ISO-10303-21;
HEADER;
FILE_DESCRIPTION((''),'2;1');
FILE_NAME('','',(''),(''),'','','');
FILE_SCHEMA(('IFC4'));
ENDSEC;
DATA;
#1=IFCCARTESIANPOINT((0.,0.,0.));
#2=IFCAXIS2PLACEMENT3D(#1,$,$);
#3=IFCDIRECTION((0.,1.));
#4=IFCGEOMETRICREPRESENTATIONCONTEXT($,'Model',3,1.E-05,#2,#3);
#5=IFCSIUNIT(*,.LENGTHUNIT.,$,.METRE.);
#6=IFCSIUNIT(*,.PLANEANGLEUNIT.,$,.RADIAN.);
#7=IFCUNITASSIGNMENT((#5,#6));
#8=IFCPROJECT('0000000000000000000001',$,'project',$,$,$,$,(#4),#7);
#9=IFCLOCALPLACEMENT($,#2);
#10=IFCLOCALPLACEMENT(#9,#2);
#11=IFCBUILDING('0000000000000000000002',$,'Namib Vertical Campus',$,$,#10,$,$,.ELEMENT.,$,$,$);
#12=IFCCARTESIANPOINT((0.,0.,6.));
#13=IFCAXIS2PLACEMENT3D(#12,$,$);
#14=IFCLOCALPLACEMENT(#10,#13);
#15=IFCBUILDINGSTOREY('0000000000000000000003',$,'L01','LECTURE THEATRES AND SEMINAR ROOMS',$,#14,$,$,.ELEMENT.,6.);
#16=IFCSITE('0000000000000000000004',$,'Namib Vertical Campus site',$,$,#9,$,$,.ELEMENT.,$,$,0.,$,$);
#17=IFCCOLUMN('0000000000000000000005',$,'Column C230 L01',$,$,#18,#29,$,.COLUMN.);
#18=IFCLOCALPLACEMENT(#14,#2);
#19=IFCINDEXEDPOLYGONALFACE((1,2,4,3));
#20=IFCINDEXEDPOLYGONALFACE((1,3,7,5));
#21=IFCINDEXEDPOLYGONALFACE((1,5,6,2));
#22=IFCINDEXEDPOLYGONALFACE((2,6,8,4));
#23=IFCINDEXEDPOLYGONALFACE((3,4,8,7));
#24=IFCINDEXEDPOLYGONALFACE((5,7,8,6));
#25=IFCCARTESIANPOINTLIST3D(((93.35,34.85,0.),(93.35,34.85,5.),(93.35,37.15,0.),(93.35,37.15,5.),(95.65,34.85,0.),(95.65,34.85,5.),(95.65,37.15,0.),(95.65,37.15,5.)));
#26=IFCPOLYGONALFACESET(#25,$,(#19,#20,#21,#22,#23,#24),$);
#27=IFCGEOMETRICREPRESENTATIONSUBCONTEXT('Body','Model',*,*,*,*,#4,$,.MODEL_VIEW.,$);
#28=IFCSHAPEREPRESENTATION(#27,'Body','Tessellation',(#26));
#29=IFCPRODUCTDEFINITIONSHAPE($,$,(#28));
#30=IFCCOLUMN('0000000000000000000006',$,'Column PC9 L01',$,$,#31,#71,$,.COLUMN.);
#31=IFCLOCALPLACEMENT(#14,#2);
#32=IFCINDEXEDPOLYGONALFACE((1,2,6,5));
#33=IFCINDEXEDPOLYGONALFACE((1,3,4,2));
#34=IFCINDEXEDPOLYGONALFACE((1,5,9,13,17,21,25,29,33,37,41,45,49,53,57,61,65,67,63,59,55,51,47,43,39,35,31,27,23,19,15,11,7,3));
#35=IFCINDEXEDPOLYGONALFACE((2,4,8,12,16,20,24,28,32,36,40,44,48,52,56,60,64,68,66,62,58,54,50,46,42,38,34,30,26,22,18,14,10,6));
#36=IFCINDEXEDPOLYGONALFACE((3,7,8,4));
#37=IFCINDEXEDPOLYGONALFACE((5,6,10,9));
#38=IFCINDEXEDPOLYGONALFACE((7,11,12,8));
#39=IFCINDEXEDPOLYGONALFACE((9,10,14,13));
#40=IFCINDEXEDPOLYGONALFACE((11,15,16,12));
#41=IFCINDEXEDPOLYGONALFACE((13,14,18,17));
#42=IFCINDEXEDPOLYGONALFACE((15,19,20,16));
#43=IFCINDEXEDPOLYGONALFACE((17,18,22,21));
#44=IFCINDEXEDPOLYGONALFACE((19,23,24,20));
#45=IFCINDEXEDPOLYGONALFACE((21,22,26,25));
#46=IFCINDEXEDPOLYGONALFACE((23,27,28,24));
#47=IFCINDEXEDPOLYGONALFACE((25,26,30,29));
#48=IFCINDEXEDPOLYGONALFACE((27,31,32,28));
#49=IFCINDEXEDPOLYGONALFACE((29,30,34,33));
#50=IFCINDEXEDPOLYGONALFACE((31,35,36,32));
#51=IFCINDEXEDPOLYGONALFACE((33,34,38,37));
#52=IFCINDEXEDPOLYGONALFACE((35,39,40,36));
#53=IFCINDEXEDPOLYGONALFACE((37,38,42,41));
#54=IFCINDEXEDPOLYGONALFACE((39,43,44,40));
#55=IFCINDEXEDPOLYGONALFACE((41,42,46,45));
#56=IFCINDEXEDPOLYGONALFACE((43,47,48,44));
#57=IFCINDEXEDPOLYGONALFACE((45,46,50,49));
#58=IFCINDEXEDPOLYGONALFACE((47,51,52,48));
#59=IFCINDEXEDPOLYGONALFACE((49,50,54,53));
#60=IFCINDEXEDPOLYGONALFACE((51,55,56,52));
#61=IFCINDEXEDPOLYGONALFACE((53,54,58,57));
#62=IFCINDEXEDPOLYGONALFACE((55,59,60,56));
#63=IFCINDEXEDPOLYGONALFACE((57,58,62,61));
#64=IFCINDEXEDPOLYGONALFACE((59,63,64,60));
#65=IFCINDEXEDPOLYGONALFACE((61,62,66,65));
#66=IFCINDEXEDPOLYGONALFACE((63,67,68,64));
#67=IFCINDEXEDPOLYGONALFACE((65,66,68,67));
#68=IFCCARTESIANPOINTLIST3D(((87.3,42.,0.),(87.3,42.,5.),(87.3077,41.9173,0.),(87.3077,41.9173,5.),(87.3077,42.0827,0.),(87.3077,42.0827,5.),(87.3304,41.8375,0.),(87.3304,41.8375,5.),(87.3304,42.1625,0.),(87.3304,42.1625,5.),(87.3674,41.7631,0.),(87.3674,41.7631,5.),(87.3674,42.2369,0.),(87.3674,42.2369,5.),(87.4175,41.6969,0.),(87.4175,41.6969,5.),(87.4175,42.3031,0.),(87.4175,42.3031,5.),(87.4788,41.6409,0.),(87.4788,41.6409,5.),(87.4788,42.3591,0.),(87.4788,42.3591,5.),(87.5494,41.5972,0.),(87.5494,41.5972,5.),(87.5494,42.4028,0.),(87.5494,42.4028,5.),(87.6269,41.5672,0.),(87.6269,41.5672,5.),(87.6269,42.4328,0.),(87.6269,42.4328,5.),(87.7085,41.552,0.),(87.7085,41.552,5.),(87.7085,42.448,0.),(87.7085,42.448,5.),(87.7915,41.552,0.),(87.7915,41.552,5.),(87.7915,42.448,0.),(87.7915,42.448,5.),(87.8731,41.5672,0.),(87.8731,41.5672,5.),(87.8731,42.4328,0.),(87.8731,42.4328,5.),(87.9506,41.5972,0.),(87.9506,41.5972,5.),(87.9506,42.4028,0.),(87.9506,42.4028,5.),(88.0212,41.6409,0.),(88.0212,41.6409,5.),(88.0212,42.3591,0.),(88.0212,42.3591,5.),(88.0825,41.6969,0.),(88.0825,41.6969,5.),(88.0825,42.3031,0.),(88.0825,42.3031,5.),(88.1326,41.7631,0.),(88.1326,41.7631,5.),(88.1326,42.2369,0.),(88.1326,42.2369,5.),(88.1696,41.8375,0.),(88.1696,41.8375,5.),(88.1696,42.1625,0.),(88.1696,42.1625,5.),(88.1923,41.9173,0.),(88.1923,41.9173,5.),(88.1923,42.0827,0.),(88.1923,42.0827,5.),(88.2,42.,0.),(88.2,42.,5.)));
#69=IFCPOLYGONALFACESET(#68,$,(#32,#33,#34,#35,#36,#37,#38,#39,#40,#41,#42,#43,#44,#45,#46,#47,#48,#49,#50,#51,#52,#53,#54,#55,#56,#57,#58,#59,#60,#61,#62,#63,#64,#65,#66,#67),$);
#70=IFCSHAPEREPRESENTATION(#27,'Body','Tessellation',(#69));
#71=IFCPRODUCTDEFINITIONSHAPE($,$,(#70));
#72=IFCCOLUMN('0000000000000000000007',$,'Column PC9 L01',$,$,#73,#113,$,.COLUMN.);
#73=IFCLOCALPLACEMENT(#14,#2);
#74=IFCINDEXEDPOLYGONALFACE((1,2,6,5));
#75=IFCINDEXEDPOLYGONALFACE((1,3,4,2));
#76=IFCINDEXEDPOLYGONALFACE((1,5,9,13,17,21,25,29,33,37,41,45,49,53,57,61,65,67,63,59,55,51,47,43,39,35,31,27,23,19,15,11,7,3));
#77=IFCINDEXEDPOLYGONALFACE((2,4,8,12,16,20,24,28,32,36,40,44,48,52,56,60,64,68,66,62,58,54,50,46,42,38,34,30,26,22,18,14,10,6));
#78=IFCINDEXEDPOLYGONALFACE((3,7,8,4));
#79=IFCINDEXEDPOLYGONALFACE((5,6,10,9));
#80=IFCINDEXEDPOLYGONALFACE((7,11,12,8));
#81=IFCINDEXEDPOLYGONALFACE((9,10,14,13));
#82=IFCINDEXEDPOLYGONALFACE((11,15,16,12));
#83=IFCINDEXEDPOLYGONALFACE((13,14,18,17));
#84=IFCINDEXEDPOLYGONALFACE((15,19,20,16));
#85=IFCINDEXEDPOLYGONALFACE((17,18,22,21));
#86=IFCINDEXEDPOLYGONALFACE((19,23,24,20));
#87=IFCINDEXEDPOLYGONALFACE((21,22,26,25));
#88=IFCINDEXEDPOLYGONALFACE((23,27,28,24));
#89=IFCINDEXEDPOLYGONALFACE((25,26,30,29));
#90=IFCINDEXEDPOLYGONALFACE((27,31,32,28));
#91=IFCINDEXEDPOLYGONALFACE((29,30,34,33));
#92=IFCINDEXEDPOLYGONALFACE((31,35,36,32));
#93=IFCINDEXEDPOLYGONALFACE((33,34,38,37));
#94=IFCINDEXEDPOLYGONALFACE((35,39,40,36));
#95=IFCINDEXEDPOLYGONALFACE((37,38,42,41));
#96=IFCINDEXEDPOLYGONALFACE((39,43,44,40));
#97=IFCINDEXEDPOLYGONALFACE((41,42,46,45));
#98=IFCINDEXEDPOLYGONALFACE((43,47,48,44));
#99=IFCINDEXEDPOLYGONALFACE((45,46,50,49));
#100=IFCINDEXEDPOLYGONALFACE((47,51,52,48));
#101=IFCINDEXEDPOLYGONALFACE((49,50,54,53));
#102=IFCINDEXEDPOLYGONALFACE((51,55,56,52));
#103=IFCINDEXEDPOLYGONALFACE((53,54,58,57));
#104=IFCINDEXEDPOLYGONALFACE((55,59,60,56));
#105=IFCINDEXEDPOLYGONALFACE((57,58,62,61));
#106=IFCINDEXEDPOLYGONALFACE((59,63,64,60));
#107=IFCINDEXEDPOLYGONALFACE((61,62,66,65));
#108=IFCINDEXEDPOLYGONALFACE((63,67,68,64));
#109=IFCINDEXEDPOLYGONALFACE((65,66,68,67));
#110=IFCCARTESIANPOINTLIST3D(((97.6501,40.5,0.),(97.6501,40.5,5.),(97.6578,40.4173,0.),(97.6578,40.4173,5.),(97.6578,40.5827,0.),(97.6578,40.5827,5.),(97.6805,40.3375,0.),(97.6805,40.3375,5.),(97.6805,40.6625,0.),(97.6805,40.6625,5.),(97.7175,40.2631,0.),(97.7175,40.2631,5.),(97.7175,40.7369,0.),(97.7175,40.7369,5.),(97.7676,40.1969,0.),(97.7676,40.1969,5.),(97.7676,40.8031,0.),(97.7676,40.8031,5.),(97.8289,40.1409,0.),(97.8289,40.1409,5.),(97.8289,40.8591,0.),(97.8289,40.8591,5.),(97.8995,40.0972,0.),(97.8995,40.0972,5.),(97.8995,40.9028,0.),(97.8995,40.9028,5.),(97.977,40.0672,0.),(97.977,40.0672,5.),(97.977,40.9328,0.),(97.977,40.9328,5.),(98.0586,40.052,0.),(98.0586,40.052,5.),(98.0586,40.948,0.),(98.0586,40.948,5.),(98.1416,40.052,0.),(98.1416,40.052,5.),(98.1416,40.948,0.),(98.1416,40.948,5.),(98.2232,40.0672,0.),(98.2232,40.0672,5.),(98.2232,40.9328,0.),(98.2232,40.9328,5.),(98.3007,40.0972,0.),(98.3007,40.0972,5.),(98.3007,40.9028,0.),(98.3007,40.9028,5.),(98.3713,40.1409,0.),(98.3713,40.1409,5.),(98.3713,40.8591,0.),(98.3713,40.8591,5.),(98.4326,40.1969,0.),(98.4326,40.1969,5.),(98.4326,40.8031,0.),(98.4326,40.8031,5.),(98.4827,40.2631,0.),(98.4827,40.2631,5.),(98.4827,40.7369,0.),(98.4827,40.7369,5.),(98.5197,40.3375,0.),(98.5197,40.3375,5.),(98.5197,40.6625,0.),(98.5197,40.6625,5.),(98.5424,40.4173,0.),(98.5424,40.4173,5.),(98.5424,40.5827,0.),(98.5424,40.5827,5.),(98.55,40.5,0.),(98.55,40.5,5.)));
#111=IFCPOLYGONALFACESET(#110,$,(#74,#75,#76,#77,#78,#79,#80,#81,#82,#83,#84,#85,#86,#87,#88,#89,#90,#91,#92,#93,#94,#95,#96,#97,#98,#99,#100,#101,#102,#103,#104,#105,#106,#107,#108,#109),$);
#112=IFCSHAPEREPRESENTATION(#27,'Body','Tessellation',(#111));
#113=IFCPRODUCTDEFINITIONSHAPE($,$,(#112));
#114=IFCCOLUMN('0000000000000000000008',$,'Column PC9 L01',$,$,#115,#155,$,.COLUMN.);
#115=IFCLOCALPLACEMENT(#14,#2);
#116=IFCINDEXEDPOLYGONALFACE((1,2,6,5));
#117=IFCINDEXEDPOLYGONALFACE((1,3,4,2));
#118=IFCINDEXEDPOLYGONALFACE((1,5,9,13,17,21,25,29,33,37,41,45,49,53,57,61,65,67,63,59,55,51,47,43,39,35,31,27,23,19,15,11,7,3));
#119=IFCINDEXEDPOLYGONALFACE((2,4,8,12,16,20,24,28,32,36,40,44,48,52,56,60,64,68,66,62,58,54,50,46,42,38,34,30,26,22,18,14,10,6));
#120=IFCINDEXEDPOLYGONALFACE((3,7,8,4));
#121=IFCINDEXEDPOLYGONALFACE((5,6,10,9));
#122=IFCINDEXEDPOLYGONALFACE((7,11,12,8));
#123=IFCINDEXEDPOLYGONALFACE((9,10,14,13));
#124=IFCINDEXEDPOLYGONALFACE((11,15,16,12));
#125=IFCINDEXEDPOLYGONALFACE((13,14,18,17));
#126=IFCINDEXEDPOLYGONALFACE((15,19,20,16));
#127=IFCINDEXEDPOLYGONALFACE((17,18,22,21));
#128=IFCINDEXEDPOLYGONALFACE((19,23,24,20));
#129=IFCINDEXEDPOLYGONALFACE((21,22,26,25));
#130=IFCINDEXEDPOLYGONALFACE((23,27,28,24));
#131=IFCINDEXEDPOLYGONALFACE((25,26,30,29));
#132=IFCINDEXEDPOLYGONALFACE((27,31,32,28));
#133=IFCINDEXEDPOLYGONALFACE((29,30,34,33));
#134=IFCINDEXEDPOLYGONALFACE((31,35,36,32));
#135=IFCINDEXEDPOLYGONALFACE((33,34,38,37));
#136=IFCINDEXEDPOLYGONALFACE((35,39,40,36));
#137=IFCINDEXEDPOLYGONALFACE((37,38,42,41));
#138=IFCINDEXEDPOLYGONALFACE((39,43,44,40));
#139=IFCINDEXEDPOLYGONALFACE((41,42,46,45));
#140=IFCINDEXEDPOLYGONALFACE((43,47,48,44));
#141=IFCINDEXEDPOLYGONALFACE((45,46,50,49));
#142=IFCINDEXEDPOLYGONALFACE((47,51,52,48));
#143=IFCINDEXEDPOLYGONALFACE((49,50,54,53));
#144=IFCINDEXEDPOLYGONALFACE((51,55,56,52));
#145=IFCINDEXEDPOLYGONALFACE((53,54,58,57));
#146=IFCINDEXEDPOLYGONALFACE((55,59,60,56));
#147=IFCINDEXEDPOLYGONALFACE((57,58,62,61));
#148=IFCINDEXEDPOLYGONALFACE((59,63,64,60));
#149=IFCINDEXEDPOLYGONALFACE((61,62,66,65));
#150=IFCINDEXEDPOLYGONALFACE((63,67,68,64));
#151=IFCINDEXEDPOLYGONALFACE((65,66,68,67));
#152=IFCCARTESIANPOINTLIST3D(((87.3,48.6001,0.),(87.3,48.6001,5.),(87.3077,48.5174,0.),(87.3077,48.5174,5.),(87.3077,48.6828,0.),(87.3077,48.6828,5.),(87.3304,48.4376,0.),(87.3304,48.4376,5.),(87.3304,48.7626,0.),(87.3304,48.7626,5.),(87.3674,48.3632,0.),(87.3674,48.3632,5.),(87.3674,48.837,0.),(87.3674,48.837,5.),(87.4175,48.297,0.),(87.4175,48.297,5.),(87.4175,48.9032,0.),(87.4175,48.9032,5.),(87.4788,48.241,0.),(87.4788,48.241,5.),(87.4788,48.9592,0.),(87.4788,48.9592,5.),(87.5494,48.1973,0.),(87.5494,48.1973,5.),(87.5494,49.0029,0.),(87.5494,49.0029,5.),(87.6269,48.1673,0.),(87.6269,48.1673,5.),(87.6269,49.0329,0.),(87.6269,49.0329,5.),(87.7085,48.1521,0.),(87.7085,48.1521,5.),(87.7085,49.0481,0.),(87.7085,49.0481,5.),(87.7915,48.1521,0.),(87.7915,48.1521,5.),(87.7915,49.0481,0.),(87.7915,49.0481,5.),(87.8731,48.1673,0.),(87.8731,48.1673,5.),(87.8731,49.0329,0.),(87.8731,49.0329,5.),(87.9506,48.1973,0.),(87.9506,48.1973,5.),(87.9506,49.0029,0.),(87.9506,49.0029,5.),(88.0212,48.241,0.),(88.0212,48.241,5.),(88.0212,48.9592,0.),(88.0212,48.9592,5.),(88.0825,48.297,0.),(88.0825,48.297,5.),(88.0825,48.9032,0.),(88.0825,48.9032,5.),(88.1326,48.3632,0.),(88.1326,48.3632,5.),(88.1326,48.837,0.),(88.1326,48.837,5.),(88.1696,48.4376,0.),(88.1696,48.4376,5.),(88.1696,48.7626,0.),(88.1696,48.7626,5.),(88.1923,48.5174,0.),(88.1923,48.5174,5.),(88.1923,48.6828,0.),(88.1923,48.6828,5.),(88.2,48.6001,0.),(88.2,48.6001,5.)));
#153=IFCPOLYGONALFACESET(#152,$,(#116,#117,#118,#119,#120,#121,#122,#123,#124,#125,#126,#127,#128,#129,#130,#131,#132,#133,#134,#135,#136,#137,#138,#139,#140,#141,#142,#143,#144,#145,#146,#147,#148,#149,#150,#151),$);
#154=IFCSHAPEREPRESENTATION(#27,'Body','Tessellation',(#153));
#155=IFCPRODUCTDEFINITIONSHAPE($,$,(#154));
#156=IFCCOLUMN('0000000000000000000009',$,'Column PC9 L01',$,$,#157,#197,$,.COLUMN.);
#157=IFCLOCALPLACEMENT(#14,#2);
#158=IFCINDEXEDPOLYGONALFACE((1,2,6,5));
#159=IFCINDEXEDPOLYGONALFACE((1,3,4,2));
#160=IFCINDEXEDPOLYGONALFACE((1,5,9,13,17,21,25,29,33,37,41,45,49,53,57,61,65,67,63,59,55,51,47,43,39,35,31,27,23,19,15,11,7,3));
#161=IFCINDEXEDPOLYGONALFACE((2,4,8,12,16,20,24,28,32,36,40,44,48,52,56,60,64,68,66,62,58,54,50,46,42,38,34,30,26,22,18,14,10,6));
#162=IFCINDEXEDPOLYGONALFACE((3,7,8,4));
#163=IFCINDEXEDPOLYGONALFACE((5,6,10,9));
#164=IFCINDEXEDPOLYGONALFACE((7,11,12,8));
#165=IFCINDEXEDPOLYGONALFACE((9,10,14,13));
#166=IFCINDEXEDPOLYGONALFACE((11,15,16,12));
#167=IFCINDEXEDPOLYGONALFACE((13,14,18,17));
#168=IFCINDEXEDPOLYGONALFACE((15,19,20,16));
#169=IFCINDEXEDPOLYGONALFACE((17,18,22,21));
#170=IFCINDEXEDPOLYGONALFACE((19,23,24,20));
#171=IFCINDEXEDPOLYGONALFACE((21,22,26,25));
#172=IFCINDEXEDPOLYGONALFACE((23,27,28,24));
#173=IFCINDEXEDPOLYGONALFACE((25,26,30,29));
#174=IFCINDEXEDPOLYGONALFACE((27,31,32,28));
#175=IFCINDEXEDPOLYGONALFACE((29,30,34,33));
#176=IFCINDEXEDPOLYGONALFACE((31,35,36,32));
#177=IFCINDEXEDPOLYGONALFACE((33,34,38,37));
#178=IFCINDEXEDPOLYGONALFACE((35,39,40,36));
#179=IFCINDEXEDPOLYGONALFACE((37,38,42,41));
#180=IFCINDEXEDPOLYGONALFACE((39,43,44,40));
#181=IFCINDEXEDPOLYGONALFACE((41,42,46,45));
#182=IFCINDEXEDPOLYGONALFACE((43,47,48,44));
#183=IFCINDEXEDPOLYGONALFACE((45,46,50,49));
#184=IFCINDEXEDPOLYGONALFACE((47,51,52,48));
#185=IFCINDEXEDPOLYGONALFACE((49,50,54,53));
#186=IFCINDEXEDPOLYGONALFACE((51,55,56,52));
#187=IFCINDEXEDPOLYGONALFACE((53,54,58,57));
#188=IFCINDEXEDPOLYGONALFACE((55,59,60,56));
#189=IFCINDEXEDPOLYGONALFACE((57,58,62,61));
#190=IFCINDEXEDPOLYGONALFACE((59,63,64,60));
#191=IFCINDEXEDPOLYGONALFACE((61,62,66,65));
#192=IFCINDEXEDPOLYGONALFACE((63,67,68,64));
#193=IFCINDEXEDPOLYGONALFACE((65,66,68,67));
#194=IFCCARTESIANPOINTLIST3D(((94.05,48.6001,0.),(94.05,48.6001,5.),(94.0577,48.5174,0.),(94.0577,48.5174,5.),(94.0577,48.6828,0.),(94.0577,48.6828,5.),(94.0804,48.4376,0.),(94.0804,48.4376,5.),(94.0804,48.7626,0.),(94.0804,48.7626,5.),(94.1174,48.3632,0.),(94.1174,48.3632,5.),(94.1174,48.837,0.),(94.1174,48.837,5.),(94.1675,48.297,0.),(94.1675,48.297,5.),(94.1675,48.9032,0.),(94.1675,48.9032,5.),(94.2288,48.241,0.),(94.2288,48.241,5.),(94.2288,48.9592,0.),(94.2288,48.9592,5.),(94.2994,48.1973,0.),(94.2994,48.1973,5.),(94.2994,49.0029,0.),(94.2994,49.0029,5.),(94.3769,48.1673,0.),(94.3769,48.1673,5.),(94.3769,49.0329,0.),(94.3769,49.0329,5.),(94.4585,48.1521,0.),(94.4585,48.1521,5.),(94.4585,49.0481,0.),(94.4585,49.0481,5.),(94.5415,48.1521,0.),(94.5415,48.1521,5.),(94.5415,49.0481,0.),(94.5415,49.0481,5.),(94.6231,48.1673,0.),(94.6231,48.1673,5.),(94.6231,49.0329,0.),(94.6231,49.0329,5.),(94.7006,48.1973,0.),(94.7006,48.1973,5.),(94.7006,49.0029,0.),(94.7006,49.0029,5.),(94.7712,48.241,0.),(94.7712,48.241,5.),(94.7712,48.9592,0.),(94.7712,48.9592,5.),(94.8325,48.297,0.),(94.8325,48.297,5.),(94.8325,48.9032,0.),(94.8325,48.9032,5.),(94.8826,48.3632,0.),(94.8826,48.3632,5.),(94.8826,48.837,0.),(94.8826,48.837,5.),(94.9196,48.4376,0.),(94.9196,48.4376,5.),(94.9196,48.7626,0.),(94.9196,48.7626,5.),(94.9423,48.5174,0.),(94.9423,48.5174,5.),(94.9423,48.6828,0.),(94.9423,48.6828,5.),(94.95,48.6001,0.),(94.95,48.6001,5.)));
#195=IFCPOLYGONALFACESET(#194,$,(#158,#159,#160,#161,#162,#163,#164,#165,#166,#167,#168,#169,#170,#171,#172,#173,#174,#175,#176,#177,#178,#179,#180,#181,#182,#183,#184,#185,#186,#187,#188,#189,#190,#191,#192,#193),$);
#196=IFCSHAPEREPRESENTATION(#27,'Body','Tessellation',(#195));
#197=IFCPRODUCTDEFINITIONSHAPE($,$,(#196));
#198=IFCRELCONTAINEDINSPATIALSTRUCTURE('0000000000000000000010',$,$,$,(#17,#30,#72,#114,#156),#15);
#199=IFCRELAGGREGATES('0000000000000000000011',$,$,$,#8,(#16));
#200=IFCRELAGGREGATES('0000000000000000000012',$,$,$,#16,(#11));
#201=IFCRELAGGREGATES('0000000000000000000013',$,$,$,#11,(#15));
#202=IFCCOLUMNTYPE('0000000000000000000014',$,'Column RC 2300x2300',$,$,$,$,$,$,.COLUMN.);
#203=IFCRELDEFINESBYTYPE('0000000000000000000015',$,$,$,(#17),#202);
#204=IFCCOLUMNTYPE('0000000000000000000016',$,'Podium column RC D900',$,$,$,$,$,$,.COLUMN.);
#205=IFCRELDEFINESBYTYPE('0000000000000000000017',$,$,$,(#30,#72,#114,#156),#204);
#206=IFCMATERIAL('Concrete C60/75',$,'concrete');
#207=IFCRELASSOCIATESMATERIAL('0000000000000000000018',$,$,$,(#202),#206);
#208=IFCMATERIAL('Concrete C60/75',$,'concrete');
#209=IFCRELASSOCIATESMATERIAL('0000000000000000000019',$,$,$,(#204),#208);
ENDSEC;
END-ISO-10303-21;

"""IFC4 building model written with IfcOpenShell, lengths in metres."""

from ifc_helpers import new_model, si_unit, direction, frame, origin, origin_2d, place, context, subcontext, project, spatial, rectangle, circle, extrude, material, material_profile, profile_set, type_object, element, save


model = new_model("IFC4")

# Units and contexts
model_context = context("Model", 3, precision=1e-05, world=origin(), true_north=direction((0.0, 1.0)))
body_context = subcontext(model_context, "Body", "Model", "MODEL_VIEW")
ifc_project = project(units=[si_unit("LENGTHUNIT", "METRE"), si_unit("PLANEANGLEUNIT", "RADIAN")], contexts=[model_context])

# Site, building, storey
site_placement = place(None, origin())
site = spatial("IfcSite", under=ifc_project, at=site_placement, Name="Namib Vertical Campus site", CompositionType="ELEMENT", RefElevation=0.0)
building_placement = place(site_placement, origin())
building = spatial("IfcBuilding", under=site, at=building_placement, Name="Namib Vertical Campus", CompositionType="ELEMENT")
storey_placement = place(building_placement, frame((0.0, 0.0, 6.0)))
storey = spatial("IfcBuildingStorey", under=building, at=storey_placement, Name="L01", Description="LECTURE THEATRES AND SEMINAR ROOMS", CompositionType="ELEMENT", Elevation=6.0)

# Columns
ifc_material_1 = material(Name="Concrete C60/75", Category="concrete")
ifc_material_profile_1 = material_profile(ifc_material_1, rectangle(XDim=2.3, YDim=2.3, at=origin_2d()))
ifc_profile_set_1 = profile_set([ifc_material_profile_1], Name="Concrete C60/75")
column_type_1 = type_object("IfcColumnType", Name="Column RC 2300x2300", PredefinedType="COLUMN", material=ifc_profile_set_1)
column_placement = place(storey_placement, frame((94.5, 36.0, 0.0), z_axis=(0.0, 0.0, 1.0), x_axis=(1.0, 0.0, 0.0)))
element("IfcColumn", 1, at=column_placement, inside=storey, type_object=column_type_1, Name="Column C230 L01", PredefinedType="COLUMN", context=body_context, shape_type="SweptSolid", body=[
    extrude(rectangle(XDim=2.3, YDim=2.3, at=origin_2d()), origin(), (0.0, 0.0, 1.0), 5.0),
])
ifc_material_2 = material(Name="Concrete C60/75", Category="concrete")
ifc_material_profile_2 = material_profile(ifc_material_2, circle(Radius=0.45, at=origin_2d()))
ifc_profile_set_2 = profile_set([ifc_material_profile_2], Name="Concrete C60/75")
column_type_2 = type_object("IfcColumnType", Name="Podium column RC D900", PredefinedType="COLUMN", material=ifc_profile_set_2)
for number, where, z_axis, x_axis, name in (
    (2, (87.75, 42.0, 0.0), (0.0, 0.0, 1.0), (1.0, 0.0, 0.0), "Column PC9 L01"),
    (3, (98.1001, 40.5, 0.0), (0.0, 0.0, 1.0), (1.0, 0.0, 0.0), "Column PC9 L01"),
    (4, (87.75, 48.6001, 0.0), (0.0, 0.0, 1.0), (1.0, 0.0, 0.0), "Column PC9 L01"),
    (5, (94.5, 48.6001, 0.0), (0.0, 0.0, 1.0), (1.0, 0.0, 0.0), "Column PC9 L01"),
):
    element("IfcColumn", number, at=place(storey_placement, frame(where, z_axis=z_axis, x_axis=x_axis)), inside=storey, type_object=column_type_2, Name=name, PredefinedType="COLUMN", context=body_context, shape_type="SweptSolid", body=[
        extrude(circle(Radius=0.45, at=origin_2d()), origin(), (0.0, 0.0, 1.0), 5.0),
    ])

save(model, "model.ifc")
